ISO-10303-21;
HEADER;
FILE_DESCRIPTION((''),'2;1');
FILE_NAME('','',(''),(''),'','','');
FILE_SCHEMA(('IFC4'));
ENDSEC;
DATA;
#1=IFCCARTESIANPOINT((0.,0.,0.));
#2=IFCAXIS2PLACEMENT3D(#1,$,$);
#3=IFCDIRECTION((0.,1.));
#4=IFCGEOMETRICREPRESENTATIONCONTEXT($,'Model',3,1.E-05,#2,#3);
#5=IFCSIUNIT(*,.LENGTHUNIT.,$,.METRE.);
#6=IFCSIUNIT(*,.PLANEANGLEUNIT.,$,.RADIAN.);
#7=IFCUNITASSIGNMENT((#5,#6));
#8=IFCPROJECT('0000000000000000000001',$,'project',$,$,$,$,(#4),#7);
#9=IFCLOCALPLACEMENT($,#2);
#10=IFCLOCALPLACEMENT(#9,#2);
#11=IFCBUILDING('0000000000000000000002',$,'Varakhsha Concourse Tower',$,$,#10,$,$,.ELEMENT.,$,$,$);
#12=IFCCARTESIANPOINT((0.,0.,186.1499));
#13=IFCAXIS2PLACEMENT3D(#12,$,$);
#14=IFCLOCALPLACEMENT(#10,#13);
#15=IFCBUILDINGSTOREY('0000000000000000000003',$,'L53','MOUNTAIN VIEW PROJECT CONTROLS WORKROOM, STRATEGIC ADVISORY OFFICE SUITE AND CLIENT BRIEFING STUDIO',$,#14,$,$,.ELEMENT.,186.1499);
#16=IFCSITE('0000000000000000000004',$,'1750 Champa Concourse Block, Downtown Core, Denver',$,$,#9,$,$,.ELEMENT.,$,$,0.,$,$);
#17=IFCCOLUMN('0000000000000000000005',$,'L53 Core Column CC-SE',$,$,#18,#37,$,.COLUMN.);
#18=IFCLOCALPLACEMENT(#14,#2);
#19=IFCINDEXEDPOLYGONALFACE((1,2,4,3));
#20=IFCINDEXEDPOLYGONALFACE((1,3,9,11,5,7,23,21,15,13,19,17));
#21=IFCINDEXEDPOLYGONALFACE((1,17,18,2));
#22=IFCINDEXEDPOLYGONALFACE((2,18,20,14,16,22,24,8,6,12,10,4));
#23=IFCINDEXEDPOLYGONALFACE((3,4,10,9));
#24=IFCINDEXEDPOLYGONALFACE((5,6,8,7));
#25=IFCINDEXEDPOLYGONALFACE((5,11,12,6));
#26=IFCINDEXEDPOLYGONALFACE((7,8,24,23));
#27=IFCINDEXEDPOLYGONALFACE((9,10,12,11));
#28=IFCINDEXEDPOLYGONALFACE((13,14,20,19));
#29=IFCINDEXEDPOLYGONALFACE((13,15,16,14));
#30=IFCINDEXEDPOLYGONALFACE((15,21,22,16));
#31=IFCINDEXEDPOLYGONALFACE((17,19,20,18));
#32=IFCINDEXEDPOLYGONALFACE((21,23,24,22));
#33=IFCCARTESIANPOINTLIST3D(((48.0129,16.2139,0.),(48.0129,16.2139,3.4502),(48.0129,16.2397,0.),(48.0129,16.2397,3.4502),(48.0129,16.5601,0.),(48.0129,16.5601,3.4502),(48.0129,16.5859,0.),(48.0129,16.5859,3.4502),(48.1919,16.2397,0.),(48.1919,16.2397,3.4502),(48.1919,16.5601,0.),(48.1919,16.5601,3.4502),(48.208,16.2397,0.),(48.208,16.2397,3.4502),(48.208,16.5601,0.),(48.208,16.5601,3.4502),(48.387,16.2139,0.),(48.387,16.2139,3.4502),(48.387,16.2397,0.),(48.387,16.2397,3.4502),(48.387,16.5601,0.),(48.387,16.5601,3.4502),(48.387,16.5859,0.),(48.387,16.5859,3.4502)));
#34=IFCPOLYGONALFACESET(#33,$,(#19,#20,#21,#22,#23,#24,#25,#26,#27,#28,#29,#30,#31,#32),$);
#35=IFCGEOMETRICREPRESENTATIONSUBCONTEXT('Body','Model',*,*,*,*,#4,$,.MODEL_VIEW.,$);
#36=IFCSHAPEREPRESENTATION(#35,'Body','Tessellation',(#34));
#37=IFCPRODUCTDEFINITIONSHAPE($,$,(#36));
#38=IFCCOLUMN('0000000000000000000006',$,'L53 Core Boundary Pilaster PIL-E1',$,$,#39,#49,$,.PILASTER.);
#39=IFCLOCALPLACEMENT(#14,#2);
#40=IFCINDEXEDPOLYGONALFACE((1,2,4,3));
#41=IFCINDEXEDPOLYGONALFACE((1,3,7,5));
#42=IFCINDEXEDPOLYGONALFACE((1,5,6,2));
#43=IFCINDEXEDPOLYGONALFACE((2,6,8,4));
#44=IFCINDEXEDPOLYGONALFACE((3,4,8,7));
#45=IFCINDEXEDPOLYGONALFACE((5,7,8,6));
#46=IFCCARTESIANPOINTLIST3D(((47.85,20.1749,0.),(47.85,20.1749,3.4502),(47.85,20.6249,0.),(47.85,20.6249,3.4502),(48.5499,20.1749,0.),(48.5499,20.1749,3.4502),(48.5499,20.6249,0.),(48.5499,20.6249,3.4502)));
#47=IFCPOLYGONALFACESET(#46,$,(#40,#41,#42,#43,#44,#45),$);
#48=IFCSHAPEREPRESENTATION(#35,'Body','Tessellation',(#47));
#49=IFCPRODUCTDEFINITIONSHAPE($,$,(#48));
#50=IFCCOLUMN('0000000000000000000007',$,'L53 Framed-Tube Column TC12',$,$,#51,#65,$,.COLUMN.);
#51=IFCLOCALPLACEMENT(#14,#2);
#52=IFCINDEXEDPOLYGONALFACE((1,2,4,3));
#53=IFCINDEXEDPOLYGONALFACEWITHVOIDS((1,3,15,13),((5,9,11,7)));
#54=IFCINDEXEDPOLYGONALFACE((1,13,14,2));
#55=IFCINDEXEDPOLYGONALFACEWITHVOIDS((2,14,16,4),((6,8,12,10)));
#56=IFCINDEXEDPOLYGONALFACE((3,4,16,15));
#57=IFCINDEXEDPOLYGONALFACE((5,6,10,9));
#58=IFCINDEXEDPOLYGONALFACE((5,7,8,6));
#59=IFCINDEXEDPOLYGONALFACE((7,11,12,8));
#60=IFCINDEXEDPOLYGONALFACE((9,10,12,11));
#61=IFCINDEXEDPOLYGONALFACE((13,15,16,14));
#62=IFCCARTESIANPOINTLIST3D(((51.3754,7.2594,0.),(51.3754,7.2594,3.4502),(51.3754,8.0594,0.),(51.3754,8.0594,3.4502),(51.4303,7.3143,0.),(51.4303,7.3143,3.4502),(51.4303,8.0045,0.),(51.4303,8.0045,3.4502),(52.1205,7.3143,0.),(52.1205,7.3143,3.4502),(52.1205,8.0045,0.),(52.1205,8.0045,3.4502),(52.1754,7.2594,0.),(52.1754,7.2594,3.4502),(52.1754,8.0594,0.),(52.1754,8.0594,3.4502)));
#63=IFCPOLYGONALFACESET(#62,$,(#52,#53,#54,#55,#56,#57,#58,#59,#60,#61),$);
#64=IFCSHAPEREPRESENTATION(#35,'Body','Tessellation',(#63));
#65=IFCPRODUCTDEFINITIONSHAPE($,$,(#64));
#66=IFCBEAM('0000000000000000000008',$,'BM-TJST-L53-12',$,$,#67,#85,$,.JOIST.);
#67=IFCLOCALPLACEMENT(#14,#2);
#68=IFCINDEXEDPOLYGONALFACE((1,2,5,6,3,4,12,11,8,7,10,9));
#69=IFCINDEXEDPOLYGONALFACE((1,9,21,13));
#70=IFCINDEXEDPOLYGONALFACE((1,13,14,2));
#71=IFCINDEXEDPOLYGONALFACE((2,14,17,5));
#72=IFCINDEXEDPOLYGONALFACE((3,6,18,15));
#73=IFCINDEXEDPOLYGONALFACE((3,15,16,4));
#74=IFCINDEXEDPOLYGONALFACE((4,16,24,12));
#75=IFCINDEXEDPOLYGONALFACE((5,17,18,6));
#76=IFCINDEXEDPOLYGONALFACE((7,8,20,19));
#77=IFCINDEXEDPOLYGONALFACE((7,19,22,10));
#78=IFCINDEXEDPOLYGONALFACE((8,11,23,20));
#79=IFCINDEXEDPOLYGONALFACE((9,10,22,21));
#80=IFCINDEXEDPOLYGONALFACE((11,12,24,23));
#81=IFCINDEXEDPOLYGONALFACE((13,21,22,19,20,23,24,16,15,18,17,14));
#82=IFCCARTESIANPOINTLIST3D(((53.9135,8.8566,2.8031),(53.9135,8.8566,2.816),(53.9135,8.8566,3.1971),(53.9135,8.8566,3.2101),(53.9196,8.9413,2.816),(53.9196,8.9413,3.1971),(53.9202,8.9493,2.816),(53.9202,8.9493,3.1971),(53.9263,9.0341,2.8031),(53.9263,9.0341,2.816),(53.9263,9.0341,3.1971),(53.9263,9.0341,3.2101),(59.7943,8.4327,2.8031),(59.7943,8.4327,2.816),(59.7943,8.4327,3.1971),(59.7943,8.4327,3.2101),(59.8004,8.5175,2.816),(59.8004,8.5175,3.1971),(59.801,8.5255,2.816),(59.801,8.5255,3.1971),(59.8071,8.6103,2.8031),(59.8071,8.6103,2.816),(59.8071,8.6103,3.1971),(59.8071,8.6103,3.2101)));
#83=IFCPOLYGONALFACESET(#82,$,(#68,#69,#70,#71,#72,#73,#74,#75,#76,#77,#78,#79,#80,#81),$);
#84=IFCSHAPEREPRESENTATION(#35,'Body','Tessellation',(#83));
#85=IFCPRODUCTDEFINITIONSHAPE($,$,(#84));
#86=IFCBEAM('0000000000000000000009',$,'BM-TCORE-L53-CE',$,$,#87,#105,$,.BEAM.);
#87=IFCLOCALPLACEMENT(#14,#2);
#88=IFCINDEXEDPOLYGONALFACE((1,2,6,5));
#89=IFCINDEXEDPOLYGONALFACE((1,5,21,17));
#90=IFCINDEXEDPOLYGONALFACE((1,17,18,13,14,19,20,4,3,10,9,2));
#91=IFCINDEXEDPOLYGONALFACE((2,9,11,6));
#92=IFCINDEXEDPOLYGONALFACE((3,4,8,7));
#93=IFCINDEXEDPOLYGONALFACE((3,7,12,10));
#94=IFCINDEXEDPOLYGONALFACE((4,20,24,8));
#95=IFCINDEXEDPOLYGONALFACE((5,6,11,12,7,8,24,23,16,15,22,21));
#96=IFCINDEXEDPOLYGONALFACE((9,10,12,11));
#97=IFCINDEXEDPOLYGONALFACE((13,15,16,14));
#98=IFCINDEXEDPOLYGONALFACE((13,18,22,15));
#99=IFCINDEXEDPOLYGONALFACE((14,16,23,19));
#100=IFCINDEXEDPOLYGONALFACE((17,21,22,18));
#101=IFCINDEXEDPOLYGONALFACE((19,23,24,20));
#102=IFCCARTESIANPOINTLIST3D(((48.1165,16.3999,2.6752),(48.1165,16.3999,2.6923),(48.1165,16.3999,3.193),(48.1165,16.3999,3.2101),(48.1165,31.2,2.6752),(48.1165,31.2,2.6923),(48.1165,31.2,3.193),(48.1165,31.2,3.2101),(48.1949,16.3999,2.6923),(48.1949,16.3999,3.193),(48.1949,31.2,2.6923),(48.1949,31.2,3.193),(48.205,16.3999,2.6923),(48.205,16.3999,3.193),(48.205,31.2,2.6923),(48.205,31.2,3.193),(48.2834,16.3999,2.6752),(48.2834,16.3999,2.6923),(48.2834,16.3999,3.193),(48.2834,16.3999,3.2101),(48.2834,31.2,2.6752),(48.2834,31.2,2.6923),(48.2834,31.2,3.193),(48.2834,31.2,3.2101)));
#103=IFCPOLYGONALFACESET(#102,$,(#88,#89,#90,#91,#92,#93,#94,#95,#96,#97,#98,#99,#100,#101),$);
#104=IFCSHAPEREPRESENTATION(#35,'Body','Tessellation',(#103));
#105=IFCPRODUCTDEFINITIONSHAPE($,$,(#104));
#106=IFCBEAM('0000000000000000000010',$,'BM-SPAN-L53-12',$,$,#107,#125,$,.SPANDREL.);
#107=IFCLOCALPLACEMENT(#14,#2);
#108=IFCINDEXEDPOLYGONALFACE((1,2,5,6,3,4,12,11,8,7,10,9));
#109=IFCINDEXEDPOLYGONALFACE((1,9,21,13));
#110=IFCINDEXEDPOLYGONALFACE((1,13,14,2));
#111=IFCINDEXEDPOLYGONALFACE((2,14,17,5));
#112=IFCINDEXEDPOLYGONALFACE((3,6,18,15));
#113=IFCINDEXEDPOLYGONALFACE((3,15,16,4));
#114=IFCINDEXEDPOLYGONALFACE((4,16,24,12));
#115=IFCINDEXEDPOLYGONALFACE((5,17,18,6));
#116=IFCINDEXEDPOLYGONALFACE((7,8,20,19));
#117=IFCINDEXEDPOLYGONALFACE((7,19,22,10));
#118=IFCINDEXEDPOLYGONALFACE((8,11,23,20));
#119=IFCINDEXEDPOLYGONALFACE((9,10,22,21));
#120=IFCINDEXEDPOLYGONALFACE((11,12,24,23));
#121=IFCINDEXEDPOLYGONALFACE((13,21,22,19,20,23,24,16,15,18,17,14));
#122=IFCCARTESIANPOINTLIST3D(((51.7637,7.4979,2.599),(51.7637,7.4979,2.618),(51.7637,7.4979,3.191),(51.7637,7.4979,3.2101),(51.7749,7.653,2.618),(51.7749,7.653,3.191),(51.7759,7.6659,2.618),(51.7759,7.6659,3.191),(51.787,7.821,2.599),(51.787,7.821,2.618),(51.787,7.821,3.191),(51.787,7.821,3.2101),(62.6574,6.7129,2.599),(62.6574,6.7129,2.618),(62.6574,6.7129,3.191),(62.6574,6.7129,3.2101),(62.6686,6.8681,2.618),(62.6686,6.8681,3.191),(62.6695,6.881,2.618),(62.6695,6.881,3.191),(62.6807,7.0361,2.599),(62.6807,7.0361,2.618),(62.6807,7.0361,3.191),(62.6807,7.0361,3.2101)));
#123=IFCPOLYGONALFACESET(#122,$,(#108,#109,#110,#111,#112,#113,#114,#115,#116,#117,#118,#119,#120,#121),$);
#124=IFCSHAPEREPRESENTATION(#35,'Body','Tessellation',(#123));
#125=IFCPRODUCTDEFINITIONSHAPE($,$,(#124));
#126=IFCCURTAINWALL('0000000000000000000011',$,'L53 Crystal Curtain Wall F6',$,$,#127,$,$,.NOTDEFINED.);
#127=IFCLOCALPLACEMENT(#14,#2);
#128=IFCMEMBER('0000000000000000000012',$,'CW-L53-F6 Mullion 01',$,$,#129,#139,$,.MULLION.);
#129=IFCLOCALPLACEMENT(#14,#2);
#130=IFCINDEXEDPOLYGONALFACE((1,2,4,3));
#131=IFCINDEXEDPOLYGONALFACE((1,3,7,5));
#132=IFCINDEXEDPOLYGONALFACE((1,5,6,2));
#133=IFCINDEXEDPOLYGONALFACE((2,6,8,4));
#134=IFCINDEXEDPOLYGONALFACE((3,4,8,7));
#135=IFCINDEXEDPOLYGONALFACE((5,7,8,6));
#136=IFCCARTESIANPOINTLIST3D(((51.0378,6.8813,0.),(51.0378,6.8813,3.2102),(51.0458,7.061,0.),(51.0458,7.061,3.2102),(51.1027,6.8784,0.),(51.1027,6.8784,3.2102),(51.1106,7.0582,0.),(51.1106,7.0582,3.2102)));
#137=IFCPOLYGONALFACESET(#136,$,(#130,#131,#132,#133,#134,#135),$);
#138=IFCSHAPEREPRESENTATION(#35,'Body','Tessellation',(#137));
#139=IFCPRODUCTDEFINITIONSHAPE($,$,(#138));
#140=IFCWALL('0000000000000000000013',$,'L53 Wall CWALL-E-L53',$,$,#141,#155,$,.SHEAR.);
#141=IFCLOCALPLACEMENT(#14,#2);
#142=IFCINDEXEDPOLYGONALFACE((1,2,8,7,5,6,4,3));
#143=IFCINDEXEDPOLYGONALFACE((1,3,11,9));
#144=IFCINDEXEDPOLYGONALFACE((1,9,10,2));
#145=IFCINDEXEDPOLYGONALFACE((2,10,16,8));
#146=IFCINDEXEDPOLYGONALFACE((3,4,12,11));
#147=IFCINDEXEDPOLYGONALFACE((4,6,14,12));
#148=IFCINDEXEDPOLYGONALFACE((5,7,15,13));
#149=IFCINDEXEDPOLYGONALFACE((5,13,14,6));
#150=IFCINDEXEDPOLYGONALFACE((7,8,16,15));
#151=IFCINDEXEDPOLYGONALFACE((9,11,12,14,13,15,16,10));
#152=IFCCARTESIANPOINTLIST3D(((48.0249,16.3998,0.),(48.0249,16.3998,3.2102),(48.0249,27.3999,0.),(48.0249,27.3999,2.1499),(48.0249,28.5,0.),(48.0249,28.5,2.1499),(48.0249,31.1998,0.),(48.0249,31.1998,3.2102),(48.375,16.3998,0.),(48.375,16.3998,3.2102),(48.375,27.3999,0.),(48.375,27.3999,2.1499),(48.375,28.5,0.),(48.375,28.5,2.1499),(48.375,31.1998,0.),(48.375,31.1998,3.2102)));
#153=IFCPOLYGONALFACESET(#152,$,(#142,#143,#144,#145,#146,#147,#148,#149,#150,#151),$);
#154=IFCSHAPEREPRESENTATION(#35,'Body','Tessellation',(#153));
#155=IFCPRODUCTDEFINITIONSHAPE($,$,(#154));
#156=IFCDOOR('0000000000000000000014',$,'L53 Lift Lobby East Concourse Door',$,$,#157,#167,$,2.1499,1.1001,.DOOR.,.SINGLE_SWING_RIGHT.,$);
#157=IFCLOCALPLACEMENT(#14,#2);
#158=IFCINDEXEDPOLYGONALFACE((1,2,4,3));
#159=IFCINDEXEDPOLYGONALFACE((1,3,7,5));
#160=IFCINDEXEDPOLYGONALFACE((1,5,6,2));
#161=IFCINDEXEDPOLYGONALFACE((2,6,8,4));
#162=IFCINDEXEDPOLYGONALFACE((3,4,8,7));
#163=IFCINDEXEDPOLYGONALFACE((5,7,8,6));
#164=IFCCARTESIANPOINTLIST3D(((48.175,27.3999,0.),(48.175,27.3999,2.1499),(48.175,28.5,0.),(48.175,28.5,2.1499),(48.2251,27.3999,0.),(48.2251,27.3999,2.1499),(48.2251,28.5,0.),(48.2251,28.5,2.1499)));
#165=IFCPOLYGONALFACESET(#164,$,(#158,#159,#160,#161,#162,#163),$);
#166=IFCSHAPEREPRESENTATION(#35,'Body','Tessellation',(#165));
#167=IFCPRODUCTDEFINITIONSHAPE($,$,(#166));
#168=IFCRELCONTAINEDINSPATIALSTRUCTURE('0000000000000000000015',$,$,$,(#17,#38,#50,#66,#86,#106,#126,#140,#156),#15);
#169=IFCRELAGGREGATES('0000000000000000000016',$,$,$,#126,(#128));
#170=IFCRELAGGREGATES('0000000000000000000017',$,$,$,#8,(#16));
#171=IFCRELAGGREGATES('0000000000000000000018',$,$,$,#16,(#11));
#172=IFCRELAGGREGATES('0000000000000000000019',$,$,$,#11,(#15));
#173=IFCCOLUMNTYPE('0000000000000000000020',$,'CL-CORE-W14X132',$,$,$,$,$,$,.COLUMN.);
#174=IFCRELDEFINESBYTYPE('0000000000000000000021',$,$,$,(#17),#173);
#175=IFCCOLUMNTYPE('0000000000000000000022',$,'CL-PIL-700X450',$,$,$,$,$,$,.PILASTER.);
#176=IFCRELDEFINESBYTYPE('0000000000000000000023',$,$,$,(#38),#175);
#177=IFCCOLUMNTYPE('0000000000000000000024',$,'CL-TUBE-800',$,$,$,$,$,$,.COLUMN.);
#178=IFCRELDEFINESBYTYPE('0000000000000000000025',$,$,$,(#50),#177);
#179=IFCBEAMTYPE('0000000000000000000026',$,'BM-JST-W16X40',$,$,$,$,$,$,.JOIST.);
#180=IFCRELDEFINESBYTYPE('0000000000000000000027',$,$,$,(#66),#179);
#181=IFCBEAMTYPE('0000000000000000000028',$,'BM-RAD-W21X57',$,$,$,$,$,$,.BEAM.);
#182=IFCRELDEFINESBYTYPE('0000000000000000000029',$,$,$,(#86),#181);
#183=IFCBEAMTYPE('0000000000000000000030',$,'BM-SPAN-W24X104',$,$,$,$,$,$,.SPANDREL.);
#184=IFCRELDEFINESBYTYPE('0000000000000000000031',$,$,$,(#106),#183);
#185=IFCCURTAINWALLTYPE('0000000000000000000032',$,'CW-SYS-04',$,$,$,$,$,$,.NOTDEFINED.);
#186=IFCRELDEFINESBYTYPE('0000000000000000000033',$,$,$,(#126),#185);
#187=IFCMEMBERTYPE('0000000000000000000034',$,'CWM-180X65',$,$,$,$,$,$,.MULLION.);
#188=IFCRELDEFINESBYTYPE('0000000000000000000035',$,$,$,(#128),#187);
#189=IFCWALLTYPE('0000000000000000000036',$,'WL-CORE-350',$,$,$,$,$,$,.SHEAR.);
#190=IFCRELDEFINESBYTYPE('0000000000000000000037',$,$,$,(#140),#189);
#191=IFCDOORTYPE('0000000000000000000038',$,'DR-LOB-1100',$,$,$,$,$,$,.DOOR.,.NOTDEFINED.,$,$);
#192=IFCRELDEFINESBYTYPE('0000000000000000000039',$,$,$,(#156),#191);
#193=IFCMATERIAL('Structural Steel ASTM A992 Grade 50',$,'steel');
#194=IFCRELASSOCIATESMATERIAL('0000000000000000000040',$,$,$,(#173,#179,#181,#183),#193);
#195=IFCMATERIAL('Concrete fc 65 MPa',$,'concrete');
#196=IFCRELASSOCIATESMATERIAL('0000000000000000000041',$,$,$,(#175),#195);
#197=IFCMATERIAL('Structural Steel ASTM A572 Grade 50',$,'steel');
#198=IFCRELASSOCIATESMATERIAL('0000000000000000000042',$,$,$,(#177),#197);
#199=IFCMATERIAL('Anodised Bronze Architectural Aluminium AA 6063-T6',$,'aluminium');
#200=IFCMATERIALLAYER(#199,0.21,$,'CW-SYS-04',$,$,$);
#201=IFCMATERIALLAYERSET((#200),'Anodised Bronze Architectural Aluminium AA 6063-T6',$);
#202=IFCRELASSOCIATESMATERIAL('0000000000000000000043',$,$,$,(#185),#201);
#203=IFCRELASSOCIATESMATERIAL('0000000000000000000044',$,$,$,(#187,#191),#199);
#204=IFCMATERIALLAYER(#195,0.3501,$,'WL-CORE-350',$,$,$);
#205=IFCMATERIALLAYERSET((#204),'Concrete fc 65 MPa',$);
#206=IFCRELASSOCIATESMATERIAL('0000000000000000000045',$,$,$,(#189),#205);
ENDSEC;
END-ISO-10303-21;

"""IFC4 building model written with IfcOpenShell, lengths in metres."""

from ifc_helpers import new_model, si_unit, direction, frame, frame_2d, origin, origin_2d, place, context, subcontext, project, spatial, rectangle, hollow_rectangle, i_section, extrude, source, transform, mapped, material, layer, layer_set, material_profile, profile_set, type_object, type_shapes, element, fill, aggregate, save


model = new_model("IFC4")

# Units and contexts
model_context = context("Model", 3, precision=1e-05, world=origin(), true_north=direction((0.0, 1.0)))
body_context = subcontext(model_context, "Body", "Model", "MODEL_VIEW")
ifc_project = project(units=[si_unit("LENGTHUNIT", "METRE"), si_unit("PLANEANGLEUNIT", "RADIAN")], contexts=[model_context])

# Site, building, storey
site_placement = place(None, origin())
site = spatial("IfcSite", under=ifc_project, at=site_placement, Name="1750 Champa Concourse Block, Downtown Core, Denver", CompositionType="ELEMENT", RefElevation=0.0)
building_placement = place(site_placement, origin())
building = spatial("IfcBuilding", under=site, at=building_placement, Name="Varakhsha Concourse Tower", CompositionType="ELEMENT")
storey_placement = place(building_placement, frame((0.0, 0.0, 186.1499)))
storey = spatial("IfcBuildingStorey", under=building, at=storey_placement, Name="L53", Description="MOUNTAIN VIEW PROJECT CONTROLS WORKROOM, STRATEGIC ADVISORY OFFICE SUITE AND CLIENT BRIEFING STUDIO", CompositionType="ELEMENT", Elevation=186.1499)

# Columns
ifc_material_1 = material(Name="Structural Steel ASTM A992 Grade 50", Category="steel")
ifc_material_profile_1 = material_profile(ifc_material_1, i_section(OverallWidth=0.374, OverallDepth=0.3721, WebThickness=0.0161, FlangeThickness=0.0259, at=origin_2d()), Name="W14X132")
ifc_profile_set_1 = profile_set([ifc_material_profile_1], Name="Structural Steel ASTM A992 Grade 50")
column_type_1 = type_object("IfcColumnType", Name="CL-CORE-W14X132", PredefinedType="COLUMN", material=ifc_profile_set_1)
column_1_placement = place(storey_placement, frame((48.2, 16.3999, 0.0), z_axis=(0.0, 0.0, 1.0), x_axis=(1.0, 0.0, 0.0)))
element("IfcColumn", 1, at=column_1_placement, inside=storey, type_object=column_type_1, Name="L53 Core Column CC-SE", PredefinedType="COLUMN", context=body_context, shape_type="SweptSolid", body=[
    extrude(i_section(OverallWidth=0.374, OverallDepth=0.3721, WebThickness=0.0161, FlangeThickness=0.0259, at=origin_2d()), origin(), (0.0, 0.0, 1.0), 3.4502),
])
ifc_material_2 = material(Name="Concrete fc 65 MPa", Category="concrete")
ifc_material_profile_2 = material_profile(ifc_material_2, rectangle(XDim=0.7, YDim=0.45, at=origin_2d()), Name="RC 700x450")
ifc_profile_set_2 = profile_set([ifc_material_profile_2], Name="Concrete fc 65 MPa")
column_type_2 = type_object("IfcColumnType", Name="CL-PIL-700X450", PredefinedType="PILASTER", material=ifc_profile_set_2)
column_2_placement = place(storey_placement, frame((48.2, 20.3999, 0.0), z_axis=(0.0, 0.0, 1.0), x_axis=(1.0, 0.0, 0.0)))
element("IfcColumn", 2, at=column_2_placement, inside=storey, type_object=column_type_2, Name="L53 Core Boundary Pilaster PIL-E1", PredefinedType="PILASTER", context=body_context, shape_type="SweptSolid", body=[
    extrude(rectangle(XDim=0.7, YDim=0.45, at=origin_2d()), origin(), (0.0, 0.0, 1.0), 3.4502),
])
ifc_material_3 = material(Name="Structural Steel ASTM A572 Grade 50", Category="steel")
ifc_material_profile_3 = material_profile(ifc_material_3, hollow_rectangle(XDim=0.8, YDim=0.8, WallThickness=0.0549, at=origin_2d()), Name="BOX 800x800x55")
ifc_profile_set_3 = profile_set([ifc_material_profile_3], Name="Structural Steel ASTM A572 Grade 50")
column_type_3 = type_object("IfcColumnType", Name="CL-TUBE-800", PredefinedType="COLUMN", material=ifc_profile_set_3)
column_3_placement = place(storey_placement, frame((51.7754, 7.6594, 0.0), z_axis=(0.0, 0.0, 1.0), x_axis=(1.0, 0.0, 0.0)))
element("IfcColumn", 3, at=column_3_placement, inside=storey, type_object=column_type_3, Name="L53 Framed-Tube Column TC12", PredefinedType="COLUMN", context=body_context, shape_type="SweptSolid", body=[
    extrude(hollow_rectangle(XDim=0.8, YDim=0.8, WallThickness=0.0549, at=origin_2d()), origin(), (0.0, 0.0, 1.0), 3.4502),
])

# Beams
ifc_material_profile_4 = material_profile(ifc_material_1, i_section(OverallWidth=0.178, OverallDepth=0.407, WebThickness=0.0081, FlangeThickness=0.0129, at=origin_2d()), Name="W16X40")
ifc_profile_set_4 = profile_set([ifc_material_profile_4], Name="Structural Steel ASTM A992 Grade 50")
beam_type_1 = type_object("IfcBeamType", Name="BM-JST-W16X40", PredefinedType="JOIST", material=ifc_profile_set_4)
beam_1_placement = place(storey_placement, frame((53.9199, 8.9453, 3.0066), z_axis=(0.997413, -0.071883, 0.0), x_axis=(0.071883, 0.997413, 0.0)))
element("IfcBeam", 4, at=beam_1_placement, inside=storey, type_object=beam_type_1, Name="BM-TJST-L53-12", PredefinedType="JOIST", context=body_context, shape_type="SweptSolid", body=[
    extrude(i_section(OverallWidth=0.178, OverallDepth=0.407, WebThickness=0.0081, FlangeThickness=0.0129, at=origin_2d()), origin(), (0.0, 0.0, 1.0), 5.896),
])
ifc_material_profile_5 = material_profile(ifc_material_1, i_section(OverallWidth=0.167, OverallDepth=0.5349, WebThickness=0.01, FlangeThickness=0.0171, at=origin_2d()), Name="W21X57")
ifc_profile_set_5 = profile_set([ifc_material_profile_5], Name="Structural Steel ASTM A992 Grade 50")
beam_type_2 = type_object("IfcBeamType", Name="BM-RAD-W21X57", PredefinedType="BEAM", material=ifc_profile_set_5)
beam_2_placement = place(storey_placement, frame((48.2, 16.3999, 2.9426), z_axis=(0.0, 1.0, 0.0), x_axis=(-1.0, 0.0, 0.0)))
element("IfcBeam", 5, at=beam_2_placement, inside=storey, type_object=beam_type_2, Name="BM-TCORE-L53-CE", PredefinedType="BEAM", context=body_context, shape_type="SweptSolid", body=[
    extrude(i_section(OverallWidth=0.167, OverallDepth=0.5349, WebThickness=0.01, FlangeThickness=0.0171, at=origin_2d()), origin(), (0.0, 0.0, 1.0), 14.8),
])
ifc_material_profile_6 = material_profile(ifc_material_1, i_section(OverallWidth=0.324, OverallDepth=0.6111, WebThickness=0.0129, FlangeThickness=0.019, at=origin_2d()), Name="W24X104")
ifc_profile_set_6 = profile_set([ifc_material_profile_6], Name="Structural Steel ASTM A992 Grade 50")
beam_type_3 = type_object("IfcBeamType", Name="BM-SPAN-W24X104", PredefinedType="SPANDREL", material=ifc_profile_set_6)
beam_3_placement = place(storey_placement, frame((51.7754, 7.6594, 2.9045), z_axis=(0.997414, -0.071867, 0.0), x_axis=(0.071867, 0.997414, 0.0)))
element("IfcBeam", 6, at=beam_3_placement, inside=storey, type_object=beam_type_3, Name="BM-SPAN-L53-12", PredefinedType="SPANDREL", context=body_context, shape_type="SweptSolid", body=[
    extrude(i_section(OverallWidth=0.324, OverallDepth=0.6111, WebThickness=0.0129, FlangeThickness=0.019, at=origin_2d()), origin(), (0.0, 0.0, 1.0), 10.9219),
])

# Curtain wall, member
ifc_material_4 = material(Name="Anodised Bronze Architectural Aluminium AA 6063-T6", Category="aluminium")
ifc_layer_1 = layer(ifc_material_4, 0.21, Name="CW-SYS-04")
ifc_layer_set_1 = layer_set([ifc_layer_1], Name="Anodised Bronze Architectural Aluminium AA 6063-T6")
curtain_wall_type = type_object("IfcCurtainWallType", Name="CW-SYS-04", PredefinedType="NOTDEFINED", material=ifc_layer_set_1)
curtain_wall_placement = place(storey_placement, origin())
curtain_wall = element("IfcCurtainWall", 7, at=curtain_wall_placement, inside=storey, type_object=curtain_wall_type, Name="L53 Crystal Curtain Wall F6", PredefinedType="NOTDEFINED")
ifc_material_profile_7 = material_profile(ifc_material_4, rectangle(XDim=0.0649, YDim=0.1799, at=origin_2d()), Name="CWM-180X65")
ifc_profile_set_7 = profile_set([ifc_material_profile_7], Name="Anodised Bronze Architectural Aluminium AA 6063-T6")
member_type = type_object("IfcMemberType", Name="CWM-180X65", PredefinedType="MULLION", material=ifc_profile_set_7)
shared_shape = source(origin(), body_context, "Body", "SweptSolid", [
    extrude(rectangle(XDim=0.0649, YDim=0.1799, at=origin_2d()), origin(), (0.0, 0.0, 1.0), 3.2102),
])
type_shapes(member_type, [shared_shape])
member_placement = place(storey_placement, frame((51.0742, 6.9697, 0.0), z_axis=(0.0, 0.0, 1.0), x_axis=(-0.999019, 0.044285, 0.0)))
member = element("IfcMember", 8, at=member_placement, type_object=member_type, Name="CW-L53-F6 Mullion 01", PredefinedType="MULLION", context=body_context, shape_type="MappedRepresentation", body=[
    mapped(shared_shape, transform((0.0, 0.0, 0.0), scale=1.0)),
])
aggregate(curtain_wall, [member])

# Wall, opening, door
ifc_layer_2 = layer(ifc_material_2, 0.3501, Name="WL-CORE-350")
ifc_layer_set_2 = layer_set([ifc_layer_2], Name="Concrete fc 65 MPa")
wall_type_1 = type_object("IfcWallType", Name="WL-CORE-350", PredefinedType="SHEAR", material=ifc_layer_set_2)
wall_1_placement = place(storey_placement, frame((48.2, 16.3999, 0.0), z_axis=(0.0, 0.0, 1.0), x_axis=(0.0, 1.0, 0.0)))
wall_1 = element("IfcWall", 9, at=wall_1_placement, inside=storey, type_object=wall_type_1, Name="L53 Wall CWALL-E-L53", PredefinedType="SHEAR", context=body_context, shape_type="SweptSolid", body=[
    extrude(rectangle(XDim=14.8, YDim=0.3501, at=frame_2d((7.3999, 0.0))), origin(), (0.0, 0.0, 1.0), 3.2102),
])
opening_1_placement = place(wall_1_placement, frame((11.0, 0.0, 0.0)))
opening_1 = element("IfcOpeningElement", 10, at=opening_1_placement, cuts=wall_1, PredefinedType="OPENING", context=body_context, shape_type="SweptSolid", body=[
    extrude(rectangle(XDim=1.1001, YDim=2.1499, at=frame_2d((0.55, 1.075))), frame((0.0, 0.1851, 0.0), z_axis=(0.0, -1.0, 0.0), x_axis=(1.0, 0.0, 0.0)), (0.0, 0.0, 1.0), 0.3701),
])
door_type_1 = type_object("IfcDoorType", Name="DR-LOB-1100", OperationType="NOTDEFINED", PredefinedType="DOOR", material=ifc_material_4)
door_1_placement = place(opening_1_placement, origin())
door_1 = element("IfcDoor", 11, at=door_1_placement, inside=storey, type_object=door_type_1, Name="L53 Lift Lobby East Concourse Door", OperationType="SINGLE_SWING_RIGHT", OverallHeight=2.1499, OverallWidth=1.1001, PredefinedType="DOOR", context=body_context, shape_type="SweptSolid", body=[
    extrude(rectangle(XDim=1.1001, YDim=2.1499, at=frame_2d((0.55, 1.075))), frame((0.0, 0.0249, 0.0), z_axis=(0.0, -1.0, 0.0), x_axis=(1.0, 0.0, 0.0)), (0.0, 0.0, 1.0), 0.05),
])
fill(opening_1, door_1)

save(model, "model.ifc")
